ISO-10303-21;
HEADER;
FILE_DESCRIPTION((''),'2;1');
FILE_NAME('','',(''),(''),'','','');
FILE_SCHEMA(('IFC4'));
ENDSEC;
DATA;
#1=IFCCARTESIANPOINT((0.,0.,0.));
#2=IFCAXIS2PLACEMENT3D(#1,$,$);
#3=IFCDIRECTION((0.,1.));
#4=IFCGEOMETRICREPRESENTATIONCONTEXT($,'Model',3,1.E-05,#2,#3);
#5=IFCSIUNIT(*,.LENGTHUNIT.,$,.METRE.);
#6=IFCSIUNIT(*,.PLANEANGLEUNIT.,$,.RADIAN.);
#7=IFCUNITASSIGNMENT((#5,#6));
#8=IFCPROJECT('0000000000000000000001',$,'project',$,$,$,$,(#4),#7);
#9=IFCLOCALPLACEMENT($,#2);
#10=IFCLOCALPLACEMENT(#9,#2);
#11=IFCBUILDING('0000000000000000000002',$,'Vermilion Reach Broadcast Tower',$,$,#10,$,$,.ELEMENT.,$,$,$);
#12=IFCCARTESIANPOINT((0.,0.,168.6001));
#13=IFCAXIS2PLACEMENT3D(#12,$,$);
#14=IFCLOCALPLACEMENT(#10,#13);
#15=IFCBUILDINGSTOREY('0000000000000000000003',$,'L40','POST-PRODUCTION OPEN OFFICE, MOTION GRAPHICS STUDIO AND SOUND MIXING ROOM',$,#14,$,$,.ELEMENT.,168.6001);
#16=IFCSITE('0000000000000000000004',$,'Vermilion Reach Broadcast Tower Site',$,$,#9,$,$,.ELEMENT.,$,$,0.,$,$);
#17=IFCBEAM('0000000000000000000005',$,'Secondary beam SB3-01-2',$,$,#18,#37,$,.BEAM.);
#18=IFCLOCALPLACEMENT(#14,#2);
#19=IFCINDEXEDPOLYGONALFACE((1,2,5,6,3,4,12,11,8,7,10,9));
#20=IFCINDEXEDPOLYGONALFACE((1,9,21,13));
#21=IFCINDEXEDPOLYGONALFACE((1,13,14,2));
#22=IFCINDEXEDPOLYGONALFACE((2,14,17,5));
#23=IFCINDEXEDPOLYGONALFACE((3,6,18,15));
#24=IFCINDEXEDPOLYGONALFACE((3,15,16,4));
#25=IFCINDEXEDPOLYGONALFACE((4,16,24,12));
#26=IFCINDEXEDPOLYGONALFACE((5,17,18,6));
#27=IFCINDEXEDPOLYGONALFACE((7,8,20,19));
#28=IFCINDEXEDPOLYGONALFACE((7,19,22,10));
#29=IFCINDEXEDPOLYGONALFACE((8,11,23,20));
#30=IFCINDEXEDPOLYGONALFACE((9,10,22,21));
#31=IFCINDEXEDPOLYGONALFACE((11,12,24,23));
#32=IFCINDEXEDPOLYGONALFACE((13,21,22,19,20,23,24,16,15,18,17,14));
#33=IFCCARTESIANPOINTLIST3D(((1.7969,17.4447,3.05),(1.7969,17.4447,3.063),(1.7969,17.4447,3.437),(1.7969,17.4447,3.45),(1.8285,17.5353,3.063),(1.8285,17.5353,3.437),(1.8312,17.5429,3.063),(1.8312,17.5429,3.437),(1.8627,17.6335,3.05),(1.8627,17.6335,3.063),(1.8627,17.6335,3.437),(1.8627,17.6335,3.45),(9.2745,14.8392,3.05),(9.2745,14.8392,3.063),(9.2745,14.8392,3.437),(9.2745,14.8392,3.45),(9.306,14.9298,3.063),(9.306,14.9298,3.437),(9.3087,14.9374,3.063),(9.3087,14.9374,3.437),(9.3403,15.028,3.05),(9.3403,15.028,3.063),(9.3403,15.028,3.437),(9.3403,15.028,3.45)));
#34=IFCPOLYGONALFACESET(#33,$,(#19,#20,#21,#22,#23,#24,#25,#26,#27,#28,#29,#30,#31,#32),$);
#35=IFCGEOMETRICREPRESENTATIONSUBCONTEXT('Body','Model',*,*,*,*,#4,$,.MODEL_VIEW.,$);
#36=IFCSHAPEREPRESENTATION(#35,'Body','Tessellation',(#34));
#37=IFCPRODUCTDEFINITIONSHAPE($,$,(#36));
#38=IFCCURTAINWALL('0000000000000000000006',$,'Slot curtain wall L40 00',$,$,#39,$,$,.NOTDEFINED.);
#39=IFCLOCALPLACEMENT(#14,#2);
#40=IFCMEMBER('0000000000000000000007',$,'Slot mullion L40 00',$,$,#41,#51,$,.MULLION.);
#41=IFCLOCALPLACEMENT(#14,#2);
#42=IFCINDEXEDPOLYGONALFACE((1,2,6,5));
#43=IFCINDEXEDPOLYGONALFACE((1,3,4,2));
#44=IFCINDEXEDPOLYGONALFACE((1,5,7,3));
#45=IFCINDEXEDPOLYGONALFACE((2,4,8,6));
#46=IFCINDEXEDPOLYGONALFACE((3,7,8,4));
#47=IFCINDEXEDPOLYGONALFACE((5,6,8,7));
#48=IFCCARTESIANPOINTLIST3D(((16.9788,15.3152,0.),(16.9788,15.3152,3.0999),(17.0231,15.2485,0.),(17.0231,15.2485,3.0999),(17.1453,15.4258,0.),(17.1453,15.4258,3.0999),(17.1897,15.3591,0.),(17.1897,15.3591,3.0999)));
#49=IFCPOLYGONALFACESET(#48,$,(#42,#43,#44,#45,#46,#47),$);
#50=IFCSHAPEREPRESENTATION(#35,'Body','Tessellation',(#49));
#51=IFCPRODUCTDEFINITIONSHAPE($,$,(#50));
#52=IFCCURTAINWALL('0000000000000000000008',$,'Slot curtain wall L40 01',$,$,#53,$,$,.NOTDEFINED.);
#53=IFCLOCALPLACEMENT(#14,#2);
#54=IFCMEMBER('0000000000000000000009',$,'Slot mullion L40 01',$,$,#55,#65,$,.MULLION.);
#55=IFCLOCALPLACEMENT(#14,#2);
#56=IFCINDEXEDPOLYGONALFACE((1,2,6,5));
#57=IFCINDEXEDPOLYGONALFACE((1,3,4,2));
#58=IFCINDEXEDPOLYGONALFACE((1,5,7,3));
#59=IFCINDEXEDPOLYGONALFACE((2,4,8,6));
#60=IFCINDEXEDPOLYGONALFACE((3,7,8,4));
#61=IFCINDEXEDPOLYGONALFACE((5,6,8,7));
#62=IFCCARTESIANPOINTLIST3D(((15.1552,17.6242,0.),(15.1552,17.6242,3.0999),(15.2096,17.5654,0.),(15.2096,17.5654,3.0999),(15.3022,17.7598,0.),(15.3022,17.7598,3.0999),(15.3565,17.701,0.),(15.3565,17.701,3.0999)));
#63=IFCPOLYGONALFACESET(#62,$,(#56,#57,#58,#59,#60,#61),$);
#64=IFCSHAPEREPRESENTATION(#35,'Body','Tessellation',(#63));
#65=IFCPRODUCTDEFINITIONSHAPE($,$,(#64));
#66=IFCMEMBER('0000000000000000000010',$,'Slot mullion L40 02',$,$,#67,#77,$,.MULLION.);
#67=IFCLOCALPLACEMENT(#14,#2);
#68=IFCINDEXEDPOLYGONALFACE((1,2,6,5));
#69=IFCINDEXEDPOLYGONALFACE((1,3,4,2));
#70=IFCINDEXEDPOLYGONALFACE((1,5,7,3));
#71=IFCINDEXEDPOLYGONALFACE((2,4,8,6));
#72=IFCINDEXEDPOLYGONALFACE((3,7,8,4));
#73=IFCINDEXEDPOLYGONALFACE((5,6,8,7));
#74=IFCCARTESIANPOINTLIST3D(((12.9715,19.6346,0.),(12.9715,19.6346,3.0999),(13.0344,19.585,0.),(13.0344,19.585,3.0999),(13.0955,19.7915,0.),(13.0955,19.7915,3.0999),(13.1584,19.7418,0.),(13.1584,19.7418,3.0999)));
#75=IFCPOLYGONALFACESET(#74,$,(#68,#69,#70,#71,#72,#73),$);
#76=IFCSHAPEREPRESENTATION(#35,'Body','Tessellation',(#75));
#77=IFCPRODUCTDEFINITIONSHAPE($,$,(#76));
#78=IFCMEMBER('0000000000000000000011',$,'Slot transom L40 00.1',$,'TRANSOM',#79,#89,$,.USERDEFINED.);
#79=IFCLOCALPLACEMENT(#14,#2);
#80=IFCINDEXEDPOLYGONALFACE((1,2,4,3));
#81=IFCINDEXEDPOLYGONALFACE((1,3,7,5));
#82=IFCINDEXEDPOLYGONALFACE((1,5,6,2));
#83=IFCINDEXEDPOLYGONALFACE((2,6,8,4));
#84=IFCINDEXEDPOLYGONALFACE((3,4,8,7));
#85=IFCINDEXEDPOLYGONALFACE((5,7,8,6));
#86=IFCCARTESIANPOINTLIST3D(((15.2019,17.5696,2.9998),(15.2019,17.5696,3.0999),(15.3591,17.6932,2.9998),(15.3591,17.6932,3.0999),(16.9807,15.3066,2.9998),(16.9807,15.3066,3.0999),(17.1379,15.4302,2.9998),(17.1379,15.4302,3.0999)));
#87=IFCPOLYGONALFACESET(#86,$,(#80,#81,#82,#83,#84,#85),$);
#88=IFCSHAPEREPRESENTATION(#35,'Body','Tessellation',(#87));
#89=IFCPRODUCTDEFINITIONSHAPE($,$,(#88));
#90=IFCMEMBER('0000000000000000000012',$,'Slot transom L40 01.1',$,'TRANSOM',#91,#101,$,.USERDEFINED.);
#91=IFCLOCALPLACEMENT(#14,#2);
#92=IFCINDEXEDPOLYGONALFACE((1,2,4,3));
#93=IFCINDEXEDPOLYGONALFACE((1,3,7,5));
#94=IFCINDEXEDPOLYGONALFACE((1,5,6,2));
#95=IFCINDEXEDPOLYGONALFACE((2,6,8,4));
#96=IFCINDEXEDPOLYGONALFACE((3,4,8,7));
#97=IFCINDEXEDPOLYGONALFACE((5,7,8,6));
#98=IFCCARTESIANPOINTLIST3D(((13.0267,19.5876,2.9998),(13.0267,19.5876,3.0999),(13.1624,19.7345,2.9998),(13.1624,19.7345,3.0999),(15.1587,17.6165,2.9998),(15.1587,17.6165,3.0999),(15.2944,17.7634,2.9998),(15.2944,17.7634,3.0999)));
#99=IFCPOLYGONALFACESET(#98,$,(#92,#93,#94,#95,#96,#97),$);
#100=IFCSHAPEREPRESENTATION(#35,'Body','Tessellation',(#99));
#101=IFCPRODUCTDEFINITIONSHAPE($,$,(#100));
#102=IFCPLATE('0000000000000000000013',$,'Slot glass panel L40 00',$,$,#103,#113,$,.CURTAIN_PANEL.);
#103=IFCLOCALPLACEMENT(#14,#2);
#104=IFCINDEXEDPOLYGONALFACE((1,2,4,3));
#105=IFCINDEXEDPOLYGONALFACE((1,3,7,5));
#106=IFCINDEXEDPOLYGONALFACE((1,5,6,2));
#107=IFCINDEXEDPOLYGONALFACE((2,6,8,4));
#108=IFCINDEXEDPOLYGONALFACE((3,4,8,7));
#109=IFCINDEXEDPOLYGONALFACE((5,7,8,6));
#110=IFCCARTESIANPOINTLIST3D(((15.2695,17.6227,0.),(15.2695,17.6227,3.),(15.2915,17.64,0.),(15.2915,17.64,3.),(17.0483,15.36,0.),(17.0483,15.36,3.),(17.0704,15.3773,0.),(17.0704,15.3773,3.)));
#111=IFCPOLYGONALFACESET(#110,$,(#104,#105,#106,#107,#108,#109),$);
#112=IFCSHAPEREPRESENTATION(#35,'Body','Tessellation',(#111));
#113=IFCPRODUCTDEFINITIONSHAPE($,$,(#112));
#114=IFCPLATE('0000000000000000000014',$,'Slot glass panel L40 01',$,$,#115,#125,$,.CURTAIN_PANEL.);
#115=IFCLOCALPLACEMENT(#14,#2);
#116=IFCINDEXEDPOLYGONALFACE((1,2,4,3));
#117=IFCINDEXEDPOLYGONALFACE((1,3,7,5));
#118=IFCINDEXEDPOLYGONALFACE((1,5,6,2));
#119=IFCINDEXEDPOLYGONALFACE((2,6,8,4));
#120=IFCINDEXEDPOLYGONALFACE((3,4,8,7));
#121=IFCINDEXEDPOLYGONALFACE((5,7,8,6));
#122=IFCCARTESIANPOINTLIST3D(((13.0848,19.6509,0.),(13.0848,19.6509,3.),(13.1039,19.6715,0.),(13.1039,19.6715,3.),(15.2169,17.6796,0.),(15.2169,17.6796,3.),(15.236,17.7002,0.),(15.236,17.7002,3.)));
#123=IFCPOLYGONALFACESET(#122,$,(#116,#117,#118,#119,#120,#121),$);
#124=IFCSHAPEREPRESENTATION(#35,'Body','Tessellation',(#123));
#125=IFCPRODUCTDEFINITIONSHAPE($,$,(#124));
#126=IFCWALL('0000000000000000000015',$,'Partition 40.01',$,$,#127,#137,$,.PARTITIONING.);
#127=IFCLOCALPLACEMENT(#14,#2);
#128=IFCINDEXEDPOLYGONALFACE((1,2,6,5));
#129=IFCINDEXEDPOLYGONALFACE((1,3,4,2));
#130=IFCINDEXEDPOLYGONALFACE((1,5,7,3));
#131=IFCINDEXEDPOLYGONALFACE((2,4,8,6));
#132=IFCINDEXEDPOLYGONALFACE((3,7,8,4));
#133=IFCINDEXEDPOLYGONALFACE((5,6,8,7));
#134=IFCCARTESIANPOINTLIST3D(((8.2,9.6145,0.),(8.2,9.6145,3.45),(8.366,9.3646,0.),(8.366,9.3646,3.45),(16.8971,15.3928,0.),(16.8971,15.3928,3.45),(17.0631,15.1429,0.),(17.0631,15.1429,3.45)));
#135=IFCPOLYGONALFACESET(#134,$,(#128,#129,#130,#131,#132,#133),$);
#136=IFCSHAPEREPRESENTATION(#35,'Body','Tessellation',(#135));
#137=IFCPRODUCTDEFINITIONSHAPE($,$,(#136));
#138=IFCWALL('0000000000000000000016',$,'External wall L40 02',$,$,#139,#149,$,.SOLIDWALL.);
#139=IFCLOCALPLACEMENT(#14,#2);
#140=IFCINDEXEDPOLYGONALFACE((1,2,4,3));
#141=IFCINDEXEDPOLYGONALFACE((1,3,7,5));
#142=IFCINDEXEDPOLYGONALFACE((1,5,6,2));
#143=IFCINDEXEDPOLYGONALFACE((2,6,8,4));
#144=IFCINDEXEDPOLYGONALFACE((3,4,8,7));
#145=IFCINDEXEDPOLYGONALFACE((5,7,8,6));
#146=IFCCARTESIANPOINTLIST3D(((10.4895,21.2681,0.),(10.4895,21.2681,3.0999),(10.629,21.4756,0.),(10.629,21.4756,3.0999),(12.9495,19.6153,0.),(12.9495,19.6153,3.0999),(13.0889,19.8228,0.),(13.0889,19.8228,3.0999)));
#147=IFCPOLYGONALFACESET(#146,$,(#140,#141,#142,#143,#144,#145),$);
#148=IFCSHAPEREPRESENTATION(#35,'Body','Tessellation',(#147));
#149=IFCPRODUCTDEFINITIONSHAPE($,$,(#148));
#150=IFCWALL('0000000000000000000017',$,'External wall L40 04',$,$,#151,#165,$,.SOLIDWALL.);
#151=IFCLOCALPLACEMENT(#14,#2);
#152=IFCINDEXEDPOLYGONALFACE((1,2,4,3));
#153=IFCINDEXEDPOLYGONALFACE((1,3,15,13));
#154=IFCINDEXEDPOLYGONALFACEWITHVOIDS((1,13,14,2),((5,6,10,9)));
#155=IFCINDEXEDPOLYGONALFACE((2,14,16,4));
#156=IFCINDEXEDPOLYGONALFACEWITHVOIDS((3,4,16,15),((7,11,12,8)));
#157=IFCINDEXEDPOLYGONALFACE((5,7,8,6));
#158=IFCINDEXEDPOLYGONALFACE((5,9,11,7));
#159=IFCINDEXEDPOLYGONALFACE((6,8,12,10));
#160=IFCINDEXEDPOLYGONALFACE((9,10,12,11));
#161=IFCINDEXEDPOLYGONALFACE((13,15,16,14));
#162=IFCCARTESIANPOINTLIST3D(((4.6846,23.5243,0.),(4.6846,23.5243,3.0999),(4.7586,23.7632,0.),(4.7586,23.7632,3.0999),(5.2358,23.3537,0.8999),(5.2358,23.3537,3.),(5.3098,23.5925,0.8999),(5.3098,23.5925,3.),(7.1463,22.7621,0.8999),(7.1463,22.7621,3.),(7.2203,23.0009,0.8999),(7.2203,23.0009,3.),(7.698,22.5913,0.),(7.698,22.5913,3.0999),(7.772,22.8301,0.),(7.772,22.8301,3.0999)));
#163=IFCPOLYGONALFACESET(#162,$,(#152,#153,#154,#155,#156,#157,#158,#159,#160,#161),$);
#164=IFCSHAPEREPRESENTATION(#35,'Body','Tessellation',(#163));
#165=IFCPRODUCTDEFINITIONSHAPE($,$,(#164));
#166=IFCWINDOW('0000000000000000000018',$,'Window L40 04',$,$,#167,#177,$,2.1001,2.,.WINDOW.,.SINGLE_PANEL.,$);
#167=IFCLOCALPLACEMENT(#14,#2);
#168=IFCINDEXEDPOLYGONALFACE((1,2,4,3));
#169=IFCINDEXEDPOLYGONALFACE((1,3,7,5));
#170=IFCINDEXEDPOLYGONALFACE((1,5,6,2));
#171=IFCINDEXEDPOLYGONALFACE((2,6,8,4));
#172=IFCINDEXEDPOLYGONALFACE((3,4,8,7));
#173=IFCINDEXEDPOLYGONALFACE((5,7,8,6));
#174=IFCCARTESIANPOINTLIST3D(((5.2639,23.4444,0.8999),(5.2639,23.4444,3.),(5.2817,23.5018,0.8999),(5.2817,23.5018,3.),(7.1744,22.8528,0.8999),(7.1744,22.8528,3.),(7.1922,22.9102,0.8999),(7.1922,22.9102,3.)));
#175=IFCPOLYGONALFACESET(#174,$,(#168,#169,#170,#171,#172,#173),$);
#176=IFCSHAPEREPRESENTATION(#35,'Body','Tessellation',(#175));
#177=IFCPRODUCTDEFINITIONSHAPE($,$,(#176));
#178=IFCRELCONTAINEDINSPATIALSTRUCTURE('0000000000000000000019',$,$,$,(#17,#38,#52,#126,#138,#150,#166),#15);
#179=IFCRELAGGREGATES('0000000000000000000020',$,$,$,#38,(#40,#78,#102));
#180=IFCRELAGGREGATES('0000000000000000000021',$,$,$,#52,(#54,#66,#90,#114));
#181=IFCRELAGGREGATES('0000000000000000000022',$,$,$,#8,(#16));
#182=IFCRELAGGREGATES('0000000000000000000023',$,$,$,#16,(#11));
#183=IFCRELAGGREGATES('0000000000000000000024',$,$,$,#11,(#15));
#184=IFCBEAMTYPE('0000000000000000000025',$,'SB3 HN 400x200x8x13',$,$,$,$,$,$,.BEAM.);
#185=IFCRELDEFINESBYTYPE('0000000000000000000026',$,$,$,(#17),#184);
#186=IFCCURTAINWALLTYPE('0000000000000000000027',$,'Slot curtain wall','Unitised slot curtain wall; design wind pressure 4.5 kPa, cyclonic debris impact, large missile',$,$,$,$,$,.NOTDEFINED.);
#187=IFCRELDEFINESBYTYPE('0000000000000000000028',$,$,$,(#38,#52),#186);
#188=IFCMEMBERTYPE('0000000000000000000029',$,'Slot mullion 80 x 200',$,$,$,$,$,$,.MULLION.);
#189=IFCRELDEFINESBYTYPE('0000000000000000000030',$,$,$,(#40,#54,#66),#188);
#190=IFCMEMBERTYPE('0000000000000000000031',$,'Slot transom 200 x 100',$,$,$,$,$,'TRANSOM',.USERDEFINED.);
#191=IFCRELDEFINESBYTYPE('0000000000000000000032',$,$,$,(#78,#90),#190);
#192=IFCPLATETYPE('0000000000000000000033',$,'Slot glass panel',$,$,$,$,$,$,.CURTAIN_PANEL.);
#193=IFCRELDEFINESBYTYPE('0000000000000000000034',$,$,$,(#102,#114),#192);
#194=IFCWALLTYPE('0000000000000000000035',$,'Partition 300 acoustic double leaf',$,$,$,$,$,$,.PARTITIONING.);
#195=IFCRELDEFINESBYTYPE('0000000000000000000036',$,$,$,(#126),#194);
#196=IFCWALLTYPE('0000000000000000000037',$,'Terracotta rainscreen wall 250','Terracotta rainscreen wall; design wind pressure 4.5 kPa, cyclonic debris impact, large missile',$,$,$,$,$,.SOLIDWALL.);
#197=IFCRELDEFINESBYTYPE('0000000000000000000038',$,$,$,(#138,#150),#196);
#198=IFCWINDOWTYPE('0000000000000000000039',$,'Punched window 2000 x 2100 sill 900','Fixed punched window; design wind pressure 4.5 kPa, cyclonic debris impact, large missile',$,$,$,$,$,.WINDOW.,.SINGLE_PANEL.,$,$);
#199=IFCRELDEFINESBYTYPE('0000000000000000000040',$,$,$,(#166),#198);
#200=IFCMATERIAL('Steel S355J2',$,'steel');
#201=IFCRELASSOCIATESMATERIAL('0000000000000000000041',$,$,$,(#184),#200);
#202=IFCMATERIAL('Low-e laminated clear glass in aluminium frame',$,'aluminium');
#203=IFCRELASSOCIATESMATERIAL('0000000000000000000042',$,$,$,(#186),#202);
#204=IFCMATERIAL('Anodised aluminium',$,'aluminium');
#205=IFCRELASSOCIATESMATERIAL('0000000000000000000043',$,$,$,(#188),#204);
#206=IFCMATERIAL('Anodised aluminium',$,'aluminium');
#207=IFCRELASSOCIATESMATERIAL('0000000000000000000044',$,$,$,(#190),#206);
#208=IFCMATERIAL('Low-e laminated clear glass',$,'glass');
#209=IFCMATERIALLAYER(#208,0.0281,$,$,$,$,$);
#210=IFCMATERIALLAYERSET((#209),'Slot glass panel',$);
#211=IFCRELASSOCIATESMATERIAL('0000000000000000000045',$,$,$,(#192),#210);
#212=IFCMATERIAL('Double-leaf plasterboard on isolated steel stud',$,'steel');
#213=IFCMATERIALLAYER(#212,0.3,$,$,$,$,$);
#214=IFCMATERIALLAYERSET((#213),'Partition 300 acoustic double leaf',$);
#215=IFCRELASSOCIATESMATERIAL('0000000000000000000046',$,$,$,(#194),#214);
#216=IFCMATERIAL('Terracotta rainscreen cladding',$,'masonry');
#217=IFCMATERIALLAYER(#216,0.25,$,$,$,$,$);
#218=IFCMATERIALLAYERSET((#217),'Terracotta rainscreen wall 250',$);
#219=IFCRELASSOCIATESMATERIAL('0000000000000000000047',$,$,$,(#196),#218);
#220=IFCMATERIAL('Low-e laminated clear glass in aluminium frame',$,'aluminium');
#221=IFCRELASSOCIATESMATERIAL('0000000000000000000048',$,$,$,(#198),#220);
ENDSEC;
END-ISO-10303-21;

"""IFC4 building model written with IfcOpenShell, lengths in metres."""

from ifc_helpers import new_model, si_unit, direction, frame, frame_2d, origin, origin_2d, place, context, subcontext, project, spatial, rectangle, i_section, extrude, material, layer, layer_set, material_profile, profile_set, type_object, element, fill, aggregate, save


model = new_model("IFC4")

# Units and contexts
model_context = context("Model", 3, precision=1e-05, world=origin(), true_north=direction((0.0, 1.0)))
body_context = subcontext(model_context, "Body", "Model", "MODEL_VIEW")
ifc_project = project(units=[si_unit("LENGTHUNIT", "METRE"), si_unit("PLANEANGLEUNIT", "RADIAN")], contexts=[model_context])

# Site, building, storey
site_placement = place(None, origin())
site = spatial("IfcSite", under=ifc_project, at=site_placement, Name="Vermilion Reach Broadcast Tower Site", CompositionType="ELEMENT", RefElevation=0.0)
building_placement = place(site_placement, origin())
building = spatial("IfcBuilding", under=site, at=building_placement, Name="Vermilion Reach Broadcast Tower", CompositionType="ELEMENT")
storey_placement = place(building_placement, frame((0.0, 0.0, 168.6001)))
storey = spatial("IfcBuildingStorey", under=building, at=storey_placement, Name="L40", Description="POST-PRODUCTION OPEN OFFICE, MOTION GRAPHICS STUDIO AND SOUND MIXING ROOM", CompositionType="ELEMENT", Elevation=168.6001)

# Beam
ifc_material_1 = material(Name="Steel S355J2", Category="steel")
ifc_material_profile_1 = material_profile(ifc_material_1, i_section(OverallWidth=0.2, OverallDepth=0.3999, WebThickness=0.0081, FlangeThickness=0.0129, at=origin_2d()), Name="S355J2 HN 400x200x8x13")
ifc_profile_set_1 = profile_set([ifc_material_profile_1], Name="Steel S355J2")
beam_type_1 = type_object("IfcBeamType", Name="SB3 HN 400x200x8x13", PredefinedType="BEAM", material=ifc_profile_set_1)
beam_1_placement = place(storey_placement, frame((9.3074, 14.9336, 3.25), z_axis=(-0.944317, 0.329037, 0.0), x_axis=(-0.329037, -0.944317, 0.0)))
element("IfcBeam", 1, at=beam_1_placement, inside=storey, type_object=beam_type_1, Name="Secondary beam SB3-01-2", PredefinedType="BEAM", context=body_context, shape_type="SweptSolid", body=[
    extrude(i_section(OverallWidth=0.2, OverallDepth=0.3999, WebThickness=0.0081, FlangeThickness=0.0129, at=origin_2d()), origin(), (0.0, 0.0, 1.0), 7.9185),
])

# Curtain wall, member
ifc_material_2 = material(Name="Low-e laminated clear glass in aluminium frame", Category="aluminium")
curtain_wall_type = type_object("IfcCurtainWallType", Name="Slot curtain wall", Description="Unitised slot curtain wall; design wind pressure 4.5 kPa, cyclonic debris impact, large missile", PredefinedType="NOTDEFINED", material=ifc_material_2)
placement = place(storey_placement, origin())
curtain_wall_1 = element("IfcCurtainWall", 2, at=placement, inside=storey, type_object=curtain_wall_type, Name="Slot curtain wall L40 00", PredefinedType="NOTDEFINED")
ifc_material_3 = material(Name="Anodised aluminium", Category="aluminium")
ifc_material_profile_2 = material_profile(ifc_material_3, rectangle(XDim=0.2, YDim=0.0801, at=origin_2d()), Name="Slot mullion 80 x 200")
ifc_profile_set_2 = profile_set([ifc_material_profile_2], Name="Anodised aluminium")
member_type_1 = type_object("IfcMemberType", Name="Slot mullion 80 x 200", PredefinedType="MULLION", material=ifc_profile_set_2)
member_1_placement = place(storey_placement, frame((17.0842, 15.3372, 0.0), z_axis=(0.0, 0.0, 1.0), x_axis=(-0.832921, -0.553391, 0.0)))
member_1 = element("IfcMember", 3, at=member_1_placement, type_object=member_type_1, Name="Slot mullion L40 00", PredefinedType="MULLION", context=body_context, shape_type="SweptSolid", body=[
    extrude(rectangle(XDim=0.2, YDim=0.0801, at=origin_2d()), origin(), (0.0, 0.0, 1.0), 3.0999),
])

# Curtain wall, members
curtain_wall_2 = element("IfcCurtainWall", 4, at=placement, inside=storey, type_object=curtain_wall_type, Name="Slot curtain wall L40 01", PredefinedType="NOTDEFINED")
member_2_placement = place(storey_placement, frame((15.2559, 17.6626, 0.0), z_axis=(0.0, 0.0, 1.0), x_axis=(-0.734809, -0.678274, 0.0)))
member_2 = element("IfcMember", 5, at=member_2_placement, type_object=member_type_1, Name="Slot mullion L40 01", PredefinedType="MULLION", context=body_context, shape_type="SweptSolid", body=[
    extrude(rectangle(XDim=0.2, YDim=0.0801, at=origin_2d()), origin(), (0.0, 0.0, 1.0), 3.0999),
])
member_3_placement = place(storey_placement, frame((13.0649, 19.6882, 0.0), z_axis=(0.0, 0.0, 1.0), x_axis=(-0.620143, -0.784489, 0.0)))
member_3 = element("IfcMember", 6, at=member_3_placement, type_object=member_type_1, Name="Slot mullion L40 02", PredefinedType="MULLION", context=body_context, shape_type="SweptSolid", body=[
    extrude(rectangle(XDim=0.2, YDim=0.0801, at=origin_2d()), origin(), (0.0, 0.0, 1.0), 3.0999),
])

# Members
ifc_material_4 = material(Name="Anodised aluminium", Category="aluminium")
ifc_material_profile_3 = material_profile(ifc_material_4, rectangle(XDim=0.2, YDim=0.1001, at=origin_2d()), Name="Slot transom 200 x 100")
ifc_profile_set_3 = profile_set([ifc_material_profile_3], Name="Anodised aluminium")
member_type_2 = type_object("IfcMemberType", Name="Slot transom 200 x 100", ElementType="TRANSOM", PredefinedType="USERDEFINED", material=ifc_profile_set_3)
member_4_placement = place(storey_placement, frame((17.0593, 15.3684, 3.0498), z_axis=(-0.61799, 0.786186, 0.0), x_axis=(-0.786186, -0.61799, 0.0)))
member_4 = element("IfcMember", 7, at=member_4_placement, type_object=member_type_2, Name="Slot transom L40 00.1", ObjectType="TRANSOM", PredefinedType="USERDEFINED", context=body_context, shape_type="SweptSolid", body=[
    extrude(rectangle(XDim=0.2, YDim=0.1001, at=origin_2d()), origin(), (0.0, 0.0, 1.0), 2.8784),
])
member_5_placement = place(storey_placement, frame((15.2266, 17.6899, 3.0498), z_axis=(-0.734268, 0.67886, 0.0), x_axis=(-0.67886, -0.734268, 0.0)))
member_5 = element("IfcMember", 8, at=member_5_placement, type_object=member_type_2, Name="Slot transom L40 01.1", ObjectType="TRANSOM", PredefinedType="USERDEFINED", context=body_context, shape_type="SweptSolid", body=[
    extrude(rectangle(XDim=0.2, YDim=0.1001, at=origin_2d()), origin(), (0.0, 0.0, 1.0), 2.9036),
])

# Plates
ifc_material_5 = material(Name="Low-e laminated clear glass", Category="glass")
ifc_layer_1 = layer(ifc_material_5, 0.0281)
ifc_layer_set_1 = layer_set([ifc_layer_1], Name="Slot glass panel")
plate_type = type_object("IfcPlateType", Name="Slot glass panel", PredefinedType="CURTAIN_PANEL", material=ifc_layer_set_1)
plate_1_placement = place(storey_placement, frame((16.1699, 16.5, 0.0), z_axis=(0.0, 0.0, 1.0), x_axis=(-0.618041, 0.786146, 0.0)))
plate_1 = element("IfcPlate", 9, at=plate_1_placement, type_object=plate_type, Name="Slot glass panel L40 00", PredefinedType="CURTAIN_PANEL", context=body_context, shape_type="SweptSolid", body=[
    extrude(rectangle(XDim=2.8782, YDim=0.0281, at=origin_2d()), origin(), (0.0, 0.0, 1.0), 3.0),
])
aggregate(curtain_wall_1, [member_1, member_4, plate_1])
plate_2_placement = place(storey_placement, frame((14.1604, 18.6755, 0.0), z_axis=(0.0, 0.0, 1.0), x_axis=(-0.734258, 0.678871, 0.0)))
plate_2 = element("IfcPlate", 10, at=plate_2_placement, type_object=plate_type, Name="Slot glass panel L40 01", PredefinedType="CURTAIN_PANEL", context=body_context, shape_type="SweptSolid", body=[
    extrude(rectangle(XDim=2.9038, YDim=0.0281, at=origin_2d()), origin(), (0.0, 0.0, 1.0), 3.0),
])
aggregate(curtain_wall_2, [member_2, member_3, member_5, plate_2])

# Walls
ifc_material_6 = material(Name="Double-leaf plasterboard on isolated steel stud", Category="steel")
ifc_layer_2 = layer(ifc_material_6, 0.3)
ifc_layer_set_2 = layer_set([ifc_layer_2], Name="Partition 300 acoustic double leaf")
wall_type_1 = type_object("IfcWallType", Name="Partition 300 acoustic double leaf", PredefinedType="PARTITIONING", material=ifc_layer_set_2)
wall_1_placement = place(storey_placement, frame((16.98, 15.2678, 0.0), z_axis=(0.0, 0.0, 1.0), x_axis=(-0.83292, -0.553394, 0.0)))
element("IfcWall", 11, at=wall_1_placement, inside=storey, type_object=wall_type_1, Name="Partition 40.01", PredefinedType="PARTITIONING", context=body_context, shape_type="SweptSolid", body=[
    extrude(rectangle(XDim=10.4417, YDim=0.3, at=frame_2d((5.2207, 0.0))), origin(), (0.0, 0.0, 1.0), 3.45),
])
ifc_material_7 = material(Name="Terracotta rainscreen cladding", Category="masonry")
ifc_layer_3 = layer(ifc_material_7, 0.25)
ifc_layer_set_3 = layer_set([ifc_layer_3], Name="Terracotta rainscreen wall 250")
wall_type_2 = type_object("IfcWallType", Name="Terracotta rainscreen wall 250", Description="Terracotta rainscreen wall; design wind pressure 4.5 kPa, cyclonic debris impact, large missile", PredefinedType="SOLIDWALL", material=ifc_layer_set_3)
wall_2_placement = place(storey_placement, frame((13.0193, 19.719, 0.0), z_axis=(0.0, 0.0, 1.0), x_axis=(-0.830042, 0.5577, 0.0)))
element("IfcWall", 12, at=wall_2_placement, inside=storey, type_object=wall_type_2, Name="External wall L40 02", PredefinedType="SOLIDWALL", context=body_context, shape_type="SweptSolid", body=[
    extrude(rectangle(XDim=2.9636, YDim=0.25, at=frame_2d((1.4819, 0.0))), origin(), (0.0, 0.0, 1.0), 3.0999),
])

# Wall, opening, window
wall_3_placement = place(storey_placement, frame((7.7349, 22.7107, 0.0), z_axis=(0.0, 0.0, 1.0), x_axis=(-0.955252, 0.295793, 0.0)))
wall_3 = element("IfcWall", 13, at=wall_3_placement, inside=storey, type_object=wall_type_2, Name="External wall L40 04", PredefinedType="SOLIDWALL", context=body_context, shape_type="SweptSolid", body=[
    extrude(rectangle(XDim=3.1545, YDim=0.25, at=frame_2d((1.5771, 0.0))), origin(), (0.0, 0.0, 1.0), 3.0999),
])
opening_1_placement = place(wall_3_placement, frame((0.5774, 0.0, 0.8999)))
opening_1 = element("IfcOpeningElement", 14, at=opening_1_placement, cuts=wall_3, PredefinedType="OPENING", context=body_context, shape_type="SweptSolid", body=[
    extrude(rectangle(XDim=2.0, YDim=2.1001, at=frame_2d((1.0, 1.05))), frame((0.0, 0.135, 0.0), z_axis=(0.0, -1.0, 0.0), x_axis=(1.0, 0.0, 0.0)), (0.0, 0.0, 1.0), 0.27),
])
ifc_material_8 = material(Name="Low-e laminated clear glass in aluminium frame", Category="aluminium")
window_type = type_object("IfcWindowType", Name="Punched window 2000 x 2100 sill 900", Description="Fixed punched window; design wind pressure 4.5 kPa, cyclonic debris impact, large missile", PartitioningType="SINGLE_PANEL", PredefinedType="WINDOW", material=ifc_material_8)
window_placement = place(opening_1_placement, origin())
window = element("IfcWindow", 15, at=window_placement, inside=storey, type_object=window_type, Name="Window L40 04", OverallHeight=2.1001, OverallWidth=2.0, PartitioningType="SINGLE_PANEL", PredefinedType="WINDOW", context=body_context, shape_type="SweptSolid", body=[
    extrude(rectangle(XDim=2.0, YDim=2.1001, at=frame_2d((1.0, 1.05))), frame((0.0, 0.03, 0.0), z_axis=(0.0, -1.0, 0.0), x_axis=(1.0, 0.0, 0.0)), (0.0, 0.0, 1.0), 0.0601),
])
fill(opening_1, window)

save(model, "model.ifc")
